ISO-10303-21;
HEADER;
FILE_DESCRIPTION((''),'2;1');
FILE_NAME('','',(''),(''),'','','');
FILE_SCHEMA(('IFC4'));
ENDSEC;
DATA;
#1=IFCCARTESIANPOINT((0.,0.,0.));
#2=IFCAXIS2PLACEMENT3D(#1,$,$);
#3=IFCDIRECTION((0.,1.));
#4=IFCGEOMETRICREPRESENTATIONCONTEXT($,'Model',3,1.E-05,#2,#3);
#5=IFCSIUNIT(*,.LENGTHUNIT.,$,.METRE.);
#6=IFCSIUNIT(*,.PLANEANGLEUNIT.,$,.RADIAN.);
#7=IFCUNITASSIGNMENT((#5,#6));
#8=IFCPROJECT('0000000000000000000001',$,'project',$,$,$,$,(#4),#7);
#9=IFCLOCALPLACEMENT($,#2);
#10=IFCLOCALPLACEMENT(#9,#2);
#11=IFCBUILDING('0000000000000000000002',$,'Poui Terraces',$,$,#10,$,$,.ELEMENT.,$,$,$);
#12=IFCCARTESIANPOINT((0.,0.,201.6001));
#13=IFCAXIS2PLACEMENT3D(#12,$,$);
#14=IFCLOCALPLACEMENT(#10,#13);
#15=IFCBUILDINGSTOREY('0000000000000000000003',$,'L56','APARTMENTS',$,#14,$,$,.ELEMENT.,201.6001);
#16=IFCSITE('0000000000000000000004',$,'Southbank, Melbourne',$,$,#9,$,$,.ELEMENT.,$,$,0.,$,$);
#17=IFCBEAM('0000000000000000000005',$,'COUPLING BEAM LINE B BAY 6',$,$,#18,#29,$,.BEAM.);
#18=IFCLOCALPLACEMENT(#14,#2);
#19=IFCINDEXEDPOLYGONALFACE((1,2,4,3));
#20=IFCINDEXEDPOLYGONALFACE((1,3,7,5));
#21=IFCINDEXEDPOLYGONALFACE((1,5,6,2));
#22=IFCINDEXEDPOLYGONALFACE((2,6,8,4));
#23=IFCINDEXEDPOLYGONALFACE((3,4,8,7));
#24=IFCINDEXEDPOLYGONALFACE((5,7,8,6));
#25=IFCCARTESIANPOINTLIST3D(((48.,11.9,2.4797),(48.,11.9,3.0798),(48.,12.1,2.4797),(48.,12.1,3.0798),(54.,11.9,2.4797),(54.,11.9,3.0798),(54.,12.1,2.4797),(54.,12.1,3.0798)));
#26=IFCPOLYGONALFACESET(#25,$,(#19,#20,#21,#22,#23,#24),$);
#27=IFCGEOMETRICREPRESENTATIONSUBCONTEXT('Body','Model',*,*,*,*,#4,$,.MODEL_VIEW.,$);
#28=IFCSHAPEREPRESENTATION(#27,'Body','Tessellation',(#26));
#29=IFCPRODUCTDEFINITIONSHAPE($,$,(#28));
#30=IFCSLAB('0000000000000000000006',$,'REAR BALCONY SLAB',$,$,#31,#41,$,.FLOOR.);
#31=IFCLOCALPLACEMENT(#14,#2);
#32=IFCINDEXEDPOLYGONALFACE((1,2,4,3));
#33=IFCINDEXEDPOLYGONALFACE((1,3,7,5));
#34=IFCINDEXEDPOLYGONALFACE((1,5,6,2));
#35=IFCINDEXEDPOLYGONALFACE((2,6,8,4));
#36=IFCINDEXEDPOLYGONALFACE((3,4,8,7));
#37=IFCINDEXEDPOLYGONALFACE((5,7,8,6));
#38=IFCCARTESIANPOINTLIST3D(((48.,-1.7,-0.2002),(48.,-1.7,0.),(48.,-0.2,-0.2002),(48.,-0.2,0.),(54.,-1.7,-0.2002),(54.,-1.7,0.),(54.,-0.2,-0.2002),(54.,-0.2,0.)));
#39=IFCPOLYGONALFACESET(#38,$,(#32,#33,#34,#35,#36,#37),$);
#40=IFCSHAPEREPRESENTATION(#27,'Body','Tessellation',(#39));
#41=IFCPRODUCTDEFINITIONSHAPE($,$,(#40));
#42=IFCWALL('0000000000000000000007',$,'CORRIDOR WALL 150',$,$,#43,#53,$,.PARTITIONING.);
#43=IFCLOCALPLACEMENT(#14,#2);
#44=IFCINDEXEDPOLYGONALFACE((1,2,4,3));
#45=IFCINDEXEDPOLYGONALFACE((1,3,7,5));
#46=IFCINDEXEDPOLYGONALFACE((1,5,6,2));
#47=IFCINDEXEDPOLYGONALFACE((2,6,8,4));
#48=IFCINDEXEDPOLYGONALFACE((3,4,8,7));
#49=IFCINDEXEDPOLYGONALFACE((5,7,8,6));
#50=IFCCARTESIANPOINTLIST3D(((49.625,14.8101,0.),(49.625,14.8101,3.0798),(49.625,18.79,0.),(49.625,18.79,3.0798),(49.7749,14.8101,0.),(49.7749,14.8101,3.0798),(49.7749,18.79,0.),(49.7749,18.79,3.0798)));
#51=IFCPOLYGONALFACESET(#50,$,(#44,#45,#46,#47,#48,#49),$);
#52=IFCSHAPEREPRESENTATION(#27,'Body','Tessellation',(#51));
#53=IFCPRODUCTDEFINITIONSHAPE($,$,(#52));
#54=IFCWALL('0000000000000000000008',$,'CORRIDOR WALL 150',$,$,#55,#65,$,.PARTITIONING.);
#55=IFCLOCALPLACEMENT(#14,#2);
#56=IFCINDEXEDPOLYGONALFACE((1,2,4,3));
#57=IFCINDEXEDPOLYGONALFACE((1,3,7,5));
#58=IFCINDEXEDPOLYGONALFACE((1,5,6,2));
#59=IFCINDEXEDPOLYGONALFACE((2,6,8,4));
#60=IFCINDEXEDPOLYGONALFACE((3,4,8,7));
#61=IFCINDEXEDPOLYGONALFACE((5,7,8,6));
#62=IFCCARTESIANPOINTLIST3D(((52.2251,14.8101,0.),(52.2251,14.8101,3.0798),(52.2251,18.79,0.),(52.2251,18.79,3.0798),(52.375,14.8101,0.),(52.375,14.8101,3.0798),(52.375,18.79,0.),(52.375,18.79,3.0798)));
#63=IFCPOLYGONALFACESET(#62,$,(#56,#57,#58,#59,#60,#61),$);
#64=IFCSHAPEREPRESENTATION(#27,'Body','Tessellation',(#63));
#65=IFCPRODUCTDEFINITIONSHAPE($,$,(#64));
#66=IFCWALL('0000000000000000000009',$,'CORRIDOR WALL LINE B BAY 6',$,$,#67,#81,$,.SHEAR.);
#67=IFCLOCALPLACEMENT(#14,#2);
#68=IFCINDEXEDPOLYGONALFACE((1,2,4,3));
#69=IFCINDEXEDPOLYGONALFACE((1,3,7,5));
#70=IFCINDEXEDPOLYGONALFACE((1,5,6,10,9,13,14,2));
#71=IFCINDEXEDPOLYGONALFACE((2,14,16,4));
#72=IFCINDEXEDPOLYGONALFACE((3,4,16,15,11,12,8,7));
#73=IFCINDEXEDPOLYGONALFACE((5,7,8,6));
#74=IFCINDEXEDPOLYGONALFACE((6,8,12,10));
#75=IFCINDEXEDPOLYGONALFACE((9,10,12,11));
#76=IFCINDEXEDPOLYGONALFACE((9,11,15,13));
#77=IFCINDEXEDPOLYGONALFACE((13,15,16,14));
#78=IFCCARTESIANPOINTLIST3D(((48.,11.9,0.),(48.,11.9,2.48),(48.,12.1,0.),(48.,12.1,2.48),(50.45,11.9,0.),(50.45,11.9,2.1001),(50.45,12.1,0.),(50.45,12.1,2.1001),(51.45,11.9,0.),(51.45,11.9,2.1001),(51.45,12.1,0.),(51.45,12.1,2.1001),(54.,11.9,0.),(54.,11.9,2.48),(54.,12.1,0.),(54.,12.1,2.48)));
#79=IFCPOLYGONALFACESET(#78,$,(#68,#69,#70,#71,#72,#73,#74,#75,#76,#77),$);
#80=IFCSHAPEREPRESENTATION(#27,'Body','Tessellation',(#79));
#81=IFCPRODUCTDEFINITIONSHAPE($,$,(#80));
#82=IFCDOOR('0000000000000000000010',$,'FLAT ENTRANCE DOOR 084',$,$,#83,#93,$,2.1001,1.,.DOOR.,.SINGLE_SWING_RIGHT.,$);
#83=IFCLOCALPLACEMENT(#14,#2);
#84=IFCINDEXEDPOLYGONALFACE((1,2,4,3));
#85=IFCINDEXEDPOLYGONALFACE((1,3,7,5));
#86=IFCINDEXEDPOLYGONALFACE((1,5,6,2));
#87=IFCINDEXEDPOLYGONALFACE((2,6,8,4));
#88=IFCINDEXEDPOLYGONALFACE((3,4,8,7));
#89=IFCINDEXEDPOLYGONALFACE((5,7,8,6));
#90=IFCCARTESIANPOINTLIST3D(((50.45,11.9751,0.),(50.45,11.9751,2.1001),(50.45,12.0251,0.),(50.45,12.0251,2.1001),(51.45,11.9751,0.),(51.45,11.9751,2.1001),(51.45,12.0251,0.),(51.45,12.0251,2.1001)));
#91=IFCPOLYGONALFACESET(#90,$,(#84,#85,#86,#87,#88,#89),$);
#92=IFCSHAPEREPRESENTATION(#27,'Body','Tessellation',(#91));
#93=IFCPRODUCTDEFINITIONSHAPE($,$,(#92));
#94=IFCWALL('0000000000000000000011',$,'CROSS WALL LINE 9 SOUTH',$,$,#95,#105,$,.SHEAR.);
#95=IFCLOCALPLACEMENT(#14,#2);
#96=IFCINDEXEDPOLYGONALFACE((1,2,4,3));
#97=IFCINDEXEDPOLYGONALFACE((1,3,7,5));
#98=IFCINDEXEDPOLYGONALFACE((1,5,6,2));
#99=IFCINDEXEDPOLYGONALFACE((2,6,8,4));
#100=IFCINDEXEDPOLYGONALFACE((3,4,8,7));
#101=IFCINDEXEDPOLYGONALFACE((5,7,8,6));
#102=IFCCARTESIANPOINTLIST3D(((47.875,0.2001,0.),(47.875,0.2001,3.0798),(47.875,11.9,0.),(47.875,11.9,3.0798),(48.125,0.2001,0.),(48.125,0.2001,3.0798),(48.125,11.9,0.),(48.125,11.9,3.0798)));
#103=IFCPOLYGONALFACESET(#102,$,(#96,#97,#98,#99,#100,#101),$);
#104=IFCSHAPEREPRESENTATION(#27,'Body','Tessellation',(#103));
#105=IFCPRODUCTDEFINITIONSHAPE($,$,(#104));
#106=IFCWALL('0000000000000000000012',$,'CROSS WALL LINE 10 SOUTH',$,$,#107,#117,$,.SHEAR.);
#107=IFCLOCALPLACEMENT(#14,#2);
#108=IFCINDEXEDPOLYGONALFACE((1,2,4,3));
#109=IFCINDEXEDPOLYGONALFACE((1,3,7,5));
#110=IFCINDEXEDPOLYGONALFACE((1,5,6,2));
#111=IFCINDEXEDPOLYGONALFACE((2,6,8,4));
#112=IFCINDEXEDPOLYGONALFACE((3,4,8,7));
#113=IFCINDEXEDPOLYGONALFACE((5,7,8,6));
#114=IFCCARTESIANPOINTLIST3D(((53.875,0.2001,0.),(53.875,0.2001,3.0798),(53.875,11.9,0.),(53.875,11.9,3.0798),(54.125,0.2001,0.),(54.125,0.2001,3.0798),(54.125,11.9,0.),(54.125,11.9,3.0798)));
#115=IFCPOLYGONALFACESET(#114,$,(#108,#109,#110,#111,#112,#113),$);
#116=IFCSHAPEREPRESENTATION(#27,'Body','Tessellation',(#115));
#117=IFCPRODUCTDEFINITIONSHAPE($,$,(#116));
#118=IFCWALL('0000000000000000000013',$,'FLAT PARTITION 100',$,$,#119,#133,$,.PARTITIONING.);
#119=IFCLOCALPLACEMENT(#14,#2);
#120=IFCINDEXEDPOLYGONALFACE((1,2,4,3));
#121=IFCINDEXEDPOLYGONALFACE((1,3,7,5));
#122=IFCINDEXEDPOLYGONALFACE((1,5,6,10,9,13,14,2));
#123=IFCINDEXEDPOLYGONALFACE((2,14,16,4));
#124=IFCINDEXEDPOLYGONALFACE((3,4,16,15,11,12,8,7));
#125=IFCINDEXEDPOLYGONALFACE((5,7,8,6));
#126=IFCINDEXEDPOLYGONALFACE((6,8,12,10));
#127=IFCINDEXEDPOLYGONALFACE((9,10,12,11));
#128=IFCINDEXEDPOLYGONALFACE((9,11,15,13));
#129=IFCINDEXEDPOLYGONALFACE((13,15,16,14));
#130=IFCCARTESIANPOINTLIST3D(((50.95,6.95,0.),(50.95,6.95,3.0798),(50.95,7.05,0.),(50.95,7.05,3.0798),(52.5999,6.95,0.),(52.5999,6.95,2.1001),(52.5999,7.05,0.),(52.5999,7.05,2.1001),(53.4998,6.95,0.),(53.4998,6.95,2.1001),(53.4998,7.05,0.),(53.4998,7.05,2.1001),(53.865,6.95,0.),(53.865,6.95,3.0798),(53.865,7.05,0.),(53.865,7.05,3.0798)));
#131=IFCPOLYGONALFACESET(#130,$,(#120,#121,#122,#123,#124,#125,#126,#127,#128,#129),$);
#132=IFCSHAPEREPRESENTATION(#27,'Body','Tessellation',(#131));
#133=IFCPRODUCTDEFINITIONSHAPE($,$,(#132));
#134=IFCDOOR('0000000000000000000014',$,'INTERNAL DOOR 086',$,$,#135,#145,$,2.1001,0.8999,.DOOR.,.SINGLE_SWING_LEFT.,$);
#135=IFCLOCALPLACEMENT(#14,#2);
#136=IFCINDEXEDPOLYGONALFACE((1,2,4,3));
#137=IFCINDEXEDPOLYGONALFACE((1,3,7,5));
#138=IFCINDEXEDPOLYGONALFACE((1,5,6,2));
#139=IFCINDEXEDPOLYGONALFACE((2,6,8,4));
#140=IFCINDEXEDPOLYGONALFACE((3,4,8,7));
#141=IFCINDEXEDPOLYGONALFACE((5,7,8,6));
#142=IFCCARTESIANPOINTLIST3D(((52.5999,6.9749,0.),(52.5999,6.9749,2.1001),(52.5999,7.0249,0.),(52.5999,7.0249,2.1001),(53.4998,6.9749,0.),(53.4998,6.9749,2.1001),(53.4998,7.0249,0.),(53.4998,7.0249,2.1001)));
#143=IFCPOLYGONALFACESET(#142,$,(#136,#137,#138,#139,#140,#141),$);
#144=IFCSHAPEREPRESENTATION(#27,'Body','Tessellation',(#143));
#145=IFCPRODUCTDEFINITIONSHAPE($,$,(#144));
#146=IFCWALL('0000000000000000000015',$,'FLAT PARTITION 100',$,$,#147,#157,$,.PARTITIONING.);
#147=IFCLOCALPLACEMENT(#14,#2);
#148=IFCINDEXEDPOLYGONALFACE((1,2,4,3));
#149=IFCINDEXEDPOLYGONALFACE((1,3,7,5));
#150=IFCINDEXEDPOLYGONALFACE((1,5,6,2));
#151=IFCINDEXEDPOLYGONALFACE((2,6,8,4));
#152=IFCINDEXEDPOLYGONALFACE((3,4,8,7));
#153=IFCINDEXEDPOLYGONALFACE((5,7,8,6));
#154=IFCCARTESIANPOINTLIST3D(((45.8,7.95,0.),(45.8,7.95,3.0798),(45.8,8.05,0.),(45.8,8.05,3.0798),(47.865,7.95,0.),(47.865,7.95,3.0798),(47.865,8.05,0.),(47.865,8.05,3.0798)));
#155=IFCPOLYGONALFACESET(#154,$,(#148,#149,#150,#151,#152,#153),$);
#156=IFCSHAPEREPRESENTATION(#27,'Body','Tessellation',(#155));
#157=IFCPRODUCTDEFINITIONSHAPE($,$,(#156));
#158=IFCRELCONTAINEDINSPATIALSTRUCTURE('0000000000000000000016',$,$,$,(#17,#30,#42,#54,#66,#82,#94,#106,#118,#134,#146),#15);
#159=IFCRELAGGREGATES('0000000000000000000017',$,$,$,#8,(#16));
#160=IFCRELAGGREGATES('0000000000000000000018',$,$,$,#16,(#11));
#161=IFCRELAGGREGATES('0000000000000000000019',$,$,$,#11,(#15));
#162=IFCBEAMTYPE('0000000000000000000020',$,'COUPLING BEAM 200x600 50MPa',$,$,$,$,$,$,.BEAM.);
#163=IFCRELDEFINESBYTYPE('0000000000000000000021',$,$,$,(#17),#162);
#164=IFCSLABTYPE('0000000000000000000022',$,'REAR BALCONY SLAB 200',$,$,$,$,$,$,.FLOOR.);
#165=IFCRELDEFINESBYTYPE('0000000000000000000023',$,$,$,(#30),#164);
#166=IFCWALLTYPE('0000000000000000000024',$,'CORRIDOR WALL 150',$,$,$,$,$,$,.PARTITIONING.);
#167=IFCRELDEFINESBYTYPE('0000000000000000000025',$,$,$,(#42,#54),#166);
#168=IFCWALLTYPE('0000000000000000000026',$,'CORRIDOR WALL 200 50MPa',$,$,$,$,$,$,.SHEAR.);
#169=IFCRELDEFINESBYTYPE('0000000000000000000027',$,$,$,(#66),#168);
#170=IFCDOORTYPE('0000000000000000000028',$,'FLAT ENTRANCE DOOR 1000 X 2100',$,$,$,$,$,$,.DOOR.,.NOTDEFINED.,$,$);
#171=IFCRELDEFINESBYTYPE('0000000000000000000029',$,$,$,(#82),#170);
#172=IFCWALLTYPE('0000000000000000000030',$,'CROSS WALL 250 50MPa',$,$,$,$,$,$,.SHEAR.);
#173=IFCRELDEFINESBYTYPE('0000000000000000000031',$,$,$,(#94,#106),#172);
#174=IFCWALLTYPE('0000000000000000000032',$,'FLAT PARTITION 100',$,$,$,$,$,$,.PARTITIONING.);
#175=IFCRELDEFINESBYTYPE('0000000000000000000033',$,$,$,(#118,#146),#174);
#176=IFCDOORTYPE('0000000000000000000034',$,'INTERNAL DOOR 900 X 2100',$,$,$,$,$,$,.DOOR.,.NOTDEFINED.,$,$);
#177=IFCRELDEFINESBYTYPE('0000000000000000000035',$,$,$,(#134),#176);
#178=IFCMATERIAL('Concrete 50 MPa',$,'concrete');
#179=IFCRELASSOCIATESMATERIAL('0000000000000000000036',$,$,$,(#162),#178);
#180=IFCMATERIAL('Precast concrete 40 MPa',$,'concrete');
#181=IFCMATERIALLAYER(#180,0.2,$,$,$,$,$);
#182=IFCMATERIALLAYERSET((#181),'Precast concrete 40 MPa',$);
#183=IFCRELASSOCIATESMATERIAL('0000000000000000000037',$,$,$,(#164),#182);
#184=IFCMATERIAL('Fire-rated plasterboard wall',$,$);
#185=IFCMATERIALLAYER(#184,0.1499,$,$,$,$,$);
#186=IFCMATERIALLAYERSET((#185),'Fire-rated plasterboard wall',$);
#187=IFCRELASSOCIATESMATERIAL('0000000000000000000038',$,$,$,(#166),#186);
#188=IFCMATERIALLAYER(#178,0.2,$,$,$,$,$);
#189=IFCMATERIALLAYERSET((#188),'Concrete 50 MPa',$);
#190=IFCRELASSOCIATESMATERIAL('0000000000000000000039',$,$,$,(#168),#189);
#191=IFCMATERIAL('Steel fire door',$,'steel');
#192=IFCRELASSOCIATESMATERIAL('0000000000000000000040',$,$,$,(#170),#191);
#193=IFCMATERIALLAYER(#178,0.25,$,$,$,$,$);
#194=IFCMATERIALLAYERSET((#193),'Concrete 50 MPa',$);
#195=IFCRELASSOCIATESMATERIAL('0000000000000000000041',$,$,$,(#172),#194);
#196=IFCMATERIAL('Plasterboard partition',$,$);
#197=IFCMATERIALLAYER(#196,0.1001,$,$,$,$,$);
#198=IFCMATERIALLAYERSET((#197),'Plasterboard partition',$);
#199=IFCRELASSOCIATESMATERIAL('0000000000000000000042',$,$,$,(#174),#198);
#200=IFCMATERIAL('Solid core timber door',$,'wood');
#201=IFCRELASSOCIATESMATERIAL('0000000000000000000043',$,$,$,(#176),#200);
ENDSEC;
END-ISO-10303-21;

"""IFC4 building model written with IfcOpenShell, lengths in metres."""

from ifc_helpers import new_model, si_unit, direction, frame, frame_2d, origin, origin_2d, place, context, subcontext, project, spatial, polyline, rectangle, outline, extrude, source, transform, mapped, material, layer, layer_set, material_profile, profile_set, type_object, element, fill, save


model = new_model("IFC4")

# Units and contexts
model_context = context("Model", 3, precision=1e-05, world=origin(), true_north=direction((0.0, 1.0)))
body_context = subcontext(model_context, "Body", "Model", "MODEL_VIEW")
ifc_project = project(units=[si_unit("LENGTHUNIT", "METRE"), si_unit("PLANEANGLEUNIT", "RADIAN")], contexts=[model_context])

# Site, building, storey
site_placement = place(None, origin())
site = spatial("IfcSite", under=ifc_project, at=site_placement, Name="Southbank, Melbourne", CompositionType="ELEMENT", RefElevation=0.0)
building_placement = place(site_placement, origin())
building = spatial("IfcBuilding", under=site, at=building_placement, Name="Poui Terraces", CompositionType="ELEMENT")
storey_placement = place(building_placement, frame((0.0, 0.0, 201.6001)))
storey = spatial("IfcBuildingStorey", under=building, at=storey_placement, Name="L56", Description="APARTMENTS", CompositionType="ELEMENT", Elevation=201.6001)

# Beam
ifc_material_1 = material(Name="Concrete 50 MPa", Category="concrete")
ifc_material_profile_1 = material_profile(ifc_material_1, rectangle(XDim=0.2, YDim=0.6001, at=origin_2d()), Name="RC 200x600")
ifc_profile_set_1 = profile_set([ifc_material_profile_1], Name="Concrete 50 MPa")
beam_type = type_object("IfcBeamType", Name="COUPLING BEAM 200x600 50MPa", PredefinedType="BEAM", material=ifc_profile_set_1)
shared_shape_1 = source(origin(), body_context, "Body", "SweptSolid", [
    extrude(rectangle(XDim=0.2, YDim=0.6001, at=origin_2d()), origin(), (0.0, 0.0, 1.0), 6.0),
])
beam_placement = place(storey_placement, frame((48.0, 12.0, 2.7798), z_axis=(1.0, 0.0, 0.0), x_axis=(0.0, 1.0, 0.0)))
element("IfcBeam", 1, at=beam_placement, inside=storey, type_object=beam_type, Name="COUPLING BEAM LINE B BAY 6", PredefinedType="BEAM", context=body_context, shape_type="MappedRepresentation", body=[
    mapped(shared_shape_1, transform((0.0, 0.0, 0.0))),
])

# Slab
ifc_material_2 = material(Name="Precast concrete 40 MPa", Category="concrete")
ifc_layer_1 = layer(ifc_material_2, 0.2)
ifc_layer_set_1 = layer_set([ifc_layer_1], Name="Precast concrete 40 MPa")
slab_type = type_object("IfcSlabType", Name="REAR BALCONY SLAB 200", PredefinedType="FLOOR", material=ifc_layer_set_1)
shared_shape_2 = source(origin(), body_context, "Body", "SweptSolid", [
    extrude(outline(polyline([(0.0, 0.0), (6.0, 0.0), (6.0, 1.5), (0.0, 1.5), (0.0, 0.0)])), origin(), (0.0, 0.0, 1.0), 0.2002),
])
slab_placement = place(storey_placement, frame((48.0, -1.7, -0.2002)))
element("IfcSlab", 2, at=slab_placement, inside=storey, type_object=slab_type, Name="REAR BALCONY SLAB", PredefinedType="FLOOR", context=body_context, shape_type="MappedRepresentation", body=[
    mapped(shared_shape_2, transform((0.0, 0.0, 0.0))),
])

# Walls
ifc_material_3 = material(Name="Fire-rated plasterboard wall")
ifc_layer_2 = layer(ifc_material_3, 0.1499)
ifc_layer_set_2 = layer_set([ifc_layer_2], Name="Fire-rated plasterboard wall")
wall_type_1 = type_object("IfcWallType", Name="CORRIDOR WALL 150", PredefinedType="PARTITIONING", material=ifc_layer_set_2)
for number, where, z_axis, x_axis, name in (
    (3, (49.7, 14.8101, 0.0), (0.0, 0.0, 1.0), (0.0, 1.0, 0.0), "CORRIDOR WALL 150"),
    (4, (52.3, 14.8101, 0.0), (0.0, 0.0, 1.0), (0.0, 1.0, 0.0), "CORRIDOR WALL 150"),
):
    element("IfcWall", number, at=place(storey_placement, frame(where, z_axis=z_axis, x_axis=x_axis)), inside=storey, type_object=wall_type_1, Name=name, PredefinedType="PARTITIONING", context=body_context, shape_type="SweptSolid", body=[
        extrude(rectangle(XDim=3.98, YDim=0.1499, at=frame_2d((1.99, 0.0))), origin(), (0.0, 0.0, 1.0), 3.0798),
    ])

# Wall, opening, door
ifc_layer_3 = layer(ifc_material_1, 0.2)
ifc_layer_set_3 = layer_set([ifc_layer_3], Name="Concrete 50 MPa")
wall_type_2 = type_object("IfcWallType", Name="CORRIDOR WALL 200 50MPa", PredefinedType="SHEAR", material=ifc_layer_set_3)
wall_1_placement = place(storey_placement, frame((48.0, 12.0, 0.0), z_axis=(0.0, 0.0, 1.0), x_axis=(1.0, 0.0, 0.0)))
wall_1 = element("IfcWall", 5, at=wall_1_placement, inside=storey, type_object=wall_type_2, Name="CORRIDOR WALL LINE B BAY 6", PredefinedType="SHEAR", context=body_context, shape_type="SweptSolid", body=[
    extrude(rectangle(XDim=6.0, YDim=0.2, at=frame_2d((3.0, 0.0))), origin(), (0.0, 0.0, 1.0), 2.48),
])
opening_1_placement = place(wall_1_placement, frame((2.45, 0.0, 0.0)))
opening_1 = element("IfcOpeningElement", 6, at=opening_1_placement, cuts=wall_1, PredefinedType="OPENING", context=body_context, shape_type="SweptSolid", body=[
    extrude(rectangle(XDim=1.0, YDim=2.1001, at=frame_2d((0.5, 1.05))), frame((0.0, 0.1099, 0.0), z_axis=(0.0, -1.0, 0.0), x_axis=(1.0, 0.0, 0.0)), (0.0, 0.0, 1.0), 0.22),
])
ifc_material_4 = material(Name="Steel fire door", Category="steel")
door_type_1 = type_object("IfcDoorType", Name="FLAT ENTRANCE DOOR 1000 X 2100", OperationType="NOTDEFINED", PredefinedType="DOOR", material=ifc_material_4)
door_1_placement = place(opening_1_placement, frame((1.0, 0.0, 0.0), z_axis=(0.0, 0.0, 1.0), x_axis=(-1.0, 0.0, 0.0)))
door_1 = element("IfcDoor", 7, at=door_1_placement, inside=storey, type_object=door_type_1, Name="FLAT ENTRANCE DOOR 084", OperationType="SINGLE_SWING_RIGHT", OverallHeight=2.1001, OverallWidth=1.0, PredefinedType="DOOR", context=body_context, shape_type="SweptSolid", body=[
    extrude(rectangle(XDim=1.0, YDim=2.1001, at=frame_2d((0.5, 1.05))), frame((0.0, 0.0249, 0.0), z_axis=(0.0, -1.0, 0.0), x_axis=(1.0, 0.0, 0.0)), (0.0, 0.0, 1.0), 0.05),
])
fill(opening_1, door_1)

# Walls
ifc_layer_4 = layer(ifc_material_1, 0.25)
ifc_layer_set_4 = layer_set([ifc_layer_4], Name="Concrete 50 MPa")
wall_type_3 = type_object("IfcWallType", Name="CROSS WALL 250 50MPa", PredefinedType="SHEAR", material=ifc_layer_set_4)
for number, where, z_axis, x_axis, name in (
    (8, (48.0, 0.2, 0.0), (0.0, 0.0, 1.0), (0.0, 1.0, 0.0), "CROSS WALL LINE 9 SOUTH"),
    (9, (54.0, 0.2, 0.0), (0.0, 0.0, 1.0), (0.0, 1.0, 0.0), "CROSS WALL LINE 10 SOUTH"),
):
    element("IfcWall", number, at=place(storey_placement, frame(where, z_axis=z_axis, x_axis=x_axis)), inside=storey, type_object=wall_type_3, Name=name, PredefinedType="SHEAR", context=body_context, shape_type="SweptSolid", body=[
        extrude(rectangle(XDim=11.7, YDim=0.25, at=frame_2d((5.8501, 0.0))), origin(), (0.0, 0.0, 1.0), 3.0798),
    ])

# Wall, opening, door
ifc_material_5 = material(Name="Plasterboard partition")
ifc_layer_5 = layer(ifc_material_5, 0.1001)
ifc_layer_set_5 = layer_set([ifc_layer_5], Name="Plasterboard partition")
wall_type_4 = type_object("IfcWallType", Name="FLAT PARTITION 100", PredefinedType="PARTITIONING", material=ifc_layer_set_5)
wall_2_placement = place(storey_placement, frame((50.95, 7.0, 0.0), z_axis=(0.0, 0.0, 1.0), x_axis=(1.0, 0.0, 0.0)))
wall_2 = element("IfcWall", 10, at=wall_2_placement, inside=storey, type_object=wall_type_4, Name="FLAT PARTITION 100", PredefinedType="PARTITIONING", context=body_context, shape_type="SweptSolid", body=[
    extrude(rectangle(XDim=2.915, YDim=0.1001, at=frame_2d((1.4575, 0.0))), origin(), (0.0, 0.0, 1.0), 3.0798),
])
opening_2_placement = place(wall_2_placement, frame((1.6499, 0.0, 0.0)))
opening_2 = element("IfcOpeningElement", 11, at=opening_2_placement, cuts=wall_2, PredefinedType="OPENING", context=body_context, shape_type="SweptSolid", body=[
    extrude(rectangle(XDim=0.8999, YDim=2.1001, at=frame_2d((0.45, 1.05))), frame((0.0, 0.0601, 0.0), z_axis=(0.0, -1.0, 0.0), x_axis=(1.0, 0.0, 0.0)), (0.0, 0.0, 1.0), 0.1201),
])
ifc_material_6 = material(Name="Solid core timber door", Category="wood")
door_type_2 = type_object("IfcDoorType", Name="INTERNAL DOOR 900 X 2100", OperationType="NOTDEFINED", PredefinedType="DOOR", material=ifc_material_6)
door_2_placement = place(opening_2_placement, origin())
door_2 = element("IfcDoor", 12, at=door_2_placement, inside=storey, type_object=door_type_2, Name="INTERNAL DOOR 086", OperationType="SINGLE_SWING_LEFT", OverallHeight=2.1001, OverallWidth=0.8999, PredefinedType="DOOR", context=body_context, shape_type="SweptSolid", body=[
    extrude(rectangle(XDim=0.8999, YDim=2.1001, at=frame_2d((0.45, 1.05))), frame((0.0, 0.0249, 0.0), z_axis=(0.0, -1.0, 0.0), x_axis=(1.0, 0.0, 0.0)), (0.0, 0.0, 1.0), 0.05),
])
fill(opening_2, door_2)

# Wall
wall_3_placement = place(storey_placement, frame((45.8, 8.0, 0.0), z_axis=(0.0, 0.0, 1.0), x_axis=(1.0, 0.0, 0.0)))
element("IfcWall", 13, at=wall_3_placement, inside=storey, type_object=wall_type_4, Name="FLAT PARTITION 100", PredefinedType="PARTITIONING", context=body_context, shape_type="SweptSolid", body=[
    extrude(rectangle(XDim=2.0649, YDim=0.1001, at=frame_2d((1.0325, 0.0))), origin(), (0.0, 0.0, 1.0), 3.0798),
])

save(model, "model.ifc")
